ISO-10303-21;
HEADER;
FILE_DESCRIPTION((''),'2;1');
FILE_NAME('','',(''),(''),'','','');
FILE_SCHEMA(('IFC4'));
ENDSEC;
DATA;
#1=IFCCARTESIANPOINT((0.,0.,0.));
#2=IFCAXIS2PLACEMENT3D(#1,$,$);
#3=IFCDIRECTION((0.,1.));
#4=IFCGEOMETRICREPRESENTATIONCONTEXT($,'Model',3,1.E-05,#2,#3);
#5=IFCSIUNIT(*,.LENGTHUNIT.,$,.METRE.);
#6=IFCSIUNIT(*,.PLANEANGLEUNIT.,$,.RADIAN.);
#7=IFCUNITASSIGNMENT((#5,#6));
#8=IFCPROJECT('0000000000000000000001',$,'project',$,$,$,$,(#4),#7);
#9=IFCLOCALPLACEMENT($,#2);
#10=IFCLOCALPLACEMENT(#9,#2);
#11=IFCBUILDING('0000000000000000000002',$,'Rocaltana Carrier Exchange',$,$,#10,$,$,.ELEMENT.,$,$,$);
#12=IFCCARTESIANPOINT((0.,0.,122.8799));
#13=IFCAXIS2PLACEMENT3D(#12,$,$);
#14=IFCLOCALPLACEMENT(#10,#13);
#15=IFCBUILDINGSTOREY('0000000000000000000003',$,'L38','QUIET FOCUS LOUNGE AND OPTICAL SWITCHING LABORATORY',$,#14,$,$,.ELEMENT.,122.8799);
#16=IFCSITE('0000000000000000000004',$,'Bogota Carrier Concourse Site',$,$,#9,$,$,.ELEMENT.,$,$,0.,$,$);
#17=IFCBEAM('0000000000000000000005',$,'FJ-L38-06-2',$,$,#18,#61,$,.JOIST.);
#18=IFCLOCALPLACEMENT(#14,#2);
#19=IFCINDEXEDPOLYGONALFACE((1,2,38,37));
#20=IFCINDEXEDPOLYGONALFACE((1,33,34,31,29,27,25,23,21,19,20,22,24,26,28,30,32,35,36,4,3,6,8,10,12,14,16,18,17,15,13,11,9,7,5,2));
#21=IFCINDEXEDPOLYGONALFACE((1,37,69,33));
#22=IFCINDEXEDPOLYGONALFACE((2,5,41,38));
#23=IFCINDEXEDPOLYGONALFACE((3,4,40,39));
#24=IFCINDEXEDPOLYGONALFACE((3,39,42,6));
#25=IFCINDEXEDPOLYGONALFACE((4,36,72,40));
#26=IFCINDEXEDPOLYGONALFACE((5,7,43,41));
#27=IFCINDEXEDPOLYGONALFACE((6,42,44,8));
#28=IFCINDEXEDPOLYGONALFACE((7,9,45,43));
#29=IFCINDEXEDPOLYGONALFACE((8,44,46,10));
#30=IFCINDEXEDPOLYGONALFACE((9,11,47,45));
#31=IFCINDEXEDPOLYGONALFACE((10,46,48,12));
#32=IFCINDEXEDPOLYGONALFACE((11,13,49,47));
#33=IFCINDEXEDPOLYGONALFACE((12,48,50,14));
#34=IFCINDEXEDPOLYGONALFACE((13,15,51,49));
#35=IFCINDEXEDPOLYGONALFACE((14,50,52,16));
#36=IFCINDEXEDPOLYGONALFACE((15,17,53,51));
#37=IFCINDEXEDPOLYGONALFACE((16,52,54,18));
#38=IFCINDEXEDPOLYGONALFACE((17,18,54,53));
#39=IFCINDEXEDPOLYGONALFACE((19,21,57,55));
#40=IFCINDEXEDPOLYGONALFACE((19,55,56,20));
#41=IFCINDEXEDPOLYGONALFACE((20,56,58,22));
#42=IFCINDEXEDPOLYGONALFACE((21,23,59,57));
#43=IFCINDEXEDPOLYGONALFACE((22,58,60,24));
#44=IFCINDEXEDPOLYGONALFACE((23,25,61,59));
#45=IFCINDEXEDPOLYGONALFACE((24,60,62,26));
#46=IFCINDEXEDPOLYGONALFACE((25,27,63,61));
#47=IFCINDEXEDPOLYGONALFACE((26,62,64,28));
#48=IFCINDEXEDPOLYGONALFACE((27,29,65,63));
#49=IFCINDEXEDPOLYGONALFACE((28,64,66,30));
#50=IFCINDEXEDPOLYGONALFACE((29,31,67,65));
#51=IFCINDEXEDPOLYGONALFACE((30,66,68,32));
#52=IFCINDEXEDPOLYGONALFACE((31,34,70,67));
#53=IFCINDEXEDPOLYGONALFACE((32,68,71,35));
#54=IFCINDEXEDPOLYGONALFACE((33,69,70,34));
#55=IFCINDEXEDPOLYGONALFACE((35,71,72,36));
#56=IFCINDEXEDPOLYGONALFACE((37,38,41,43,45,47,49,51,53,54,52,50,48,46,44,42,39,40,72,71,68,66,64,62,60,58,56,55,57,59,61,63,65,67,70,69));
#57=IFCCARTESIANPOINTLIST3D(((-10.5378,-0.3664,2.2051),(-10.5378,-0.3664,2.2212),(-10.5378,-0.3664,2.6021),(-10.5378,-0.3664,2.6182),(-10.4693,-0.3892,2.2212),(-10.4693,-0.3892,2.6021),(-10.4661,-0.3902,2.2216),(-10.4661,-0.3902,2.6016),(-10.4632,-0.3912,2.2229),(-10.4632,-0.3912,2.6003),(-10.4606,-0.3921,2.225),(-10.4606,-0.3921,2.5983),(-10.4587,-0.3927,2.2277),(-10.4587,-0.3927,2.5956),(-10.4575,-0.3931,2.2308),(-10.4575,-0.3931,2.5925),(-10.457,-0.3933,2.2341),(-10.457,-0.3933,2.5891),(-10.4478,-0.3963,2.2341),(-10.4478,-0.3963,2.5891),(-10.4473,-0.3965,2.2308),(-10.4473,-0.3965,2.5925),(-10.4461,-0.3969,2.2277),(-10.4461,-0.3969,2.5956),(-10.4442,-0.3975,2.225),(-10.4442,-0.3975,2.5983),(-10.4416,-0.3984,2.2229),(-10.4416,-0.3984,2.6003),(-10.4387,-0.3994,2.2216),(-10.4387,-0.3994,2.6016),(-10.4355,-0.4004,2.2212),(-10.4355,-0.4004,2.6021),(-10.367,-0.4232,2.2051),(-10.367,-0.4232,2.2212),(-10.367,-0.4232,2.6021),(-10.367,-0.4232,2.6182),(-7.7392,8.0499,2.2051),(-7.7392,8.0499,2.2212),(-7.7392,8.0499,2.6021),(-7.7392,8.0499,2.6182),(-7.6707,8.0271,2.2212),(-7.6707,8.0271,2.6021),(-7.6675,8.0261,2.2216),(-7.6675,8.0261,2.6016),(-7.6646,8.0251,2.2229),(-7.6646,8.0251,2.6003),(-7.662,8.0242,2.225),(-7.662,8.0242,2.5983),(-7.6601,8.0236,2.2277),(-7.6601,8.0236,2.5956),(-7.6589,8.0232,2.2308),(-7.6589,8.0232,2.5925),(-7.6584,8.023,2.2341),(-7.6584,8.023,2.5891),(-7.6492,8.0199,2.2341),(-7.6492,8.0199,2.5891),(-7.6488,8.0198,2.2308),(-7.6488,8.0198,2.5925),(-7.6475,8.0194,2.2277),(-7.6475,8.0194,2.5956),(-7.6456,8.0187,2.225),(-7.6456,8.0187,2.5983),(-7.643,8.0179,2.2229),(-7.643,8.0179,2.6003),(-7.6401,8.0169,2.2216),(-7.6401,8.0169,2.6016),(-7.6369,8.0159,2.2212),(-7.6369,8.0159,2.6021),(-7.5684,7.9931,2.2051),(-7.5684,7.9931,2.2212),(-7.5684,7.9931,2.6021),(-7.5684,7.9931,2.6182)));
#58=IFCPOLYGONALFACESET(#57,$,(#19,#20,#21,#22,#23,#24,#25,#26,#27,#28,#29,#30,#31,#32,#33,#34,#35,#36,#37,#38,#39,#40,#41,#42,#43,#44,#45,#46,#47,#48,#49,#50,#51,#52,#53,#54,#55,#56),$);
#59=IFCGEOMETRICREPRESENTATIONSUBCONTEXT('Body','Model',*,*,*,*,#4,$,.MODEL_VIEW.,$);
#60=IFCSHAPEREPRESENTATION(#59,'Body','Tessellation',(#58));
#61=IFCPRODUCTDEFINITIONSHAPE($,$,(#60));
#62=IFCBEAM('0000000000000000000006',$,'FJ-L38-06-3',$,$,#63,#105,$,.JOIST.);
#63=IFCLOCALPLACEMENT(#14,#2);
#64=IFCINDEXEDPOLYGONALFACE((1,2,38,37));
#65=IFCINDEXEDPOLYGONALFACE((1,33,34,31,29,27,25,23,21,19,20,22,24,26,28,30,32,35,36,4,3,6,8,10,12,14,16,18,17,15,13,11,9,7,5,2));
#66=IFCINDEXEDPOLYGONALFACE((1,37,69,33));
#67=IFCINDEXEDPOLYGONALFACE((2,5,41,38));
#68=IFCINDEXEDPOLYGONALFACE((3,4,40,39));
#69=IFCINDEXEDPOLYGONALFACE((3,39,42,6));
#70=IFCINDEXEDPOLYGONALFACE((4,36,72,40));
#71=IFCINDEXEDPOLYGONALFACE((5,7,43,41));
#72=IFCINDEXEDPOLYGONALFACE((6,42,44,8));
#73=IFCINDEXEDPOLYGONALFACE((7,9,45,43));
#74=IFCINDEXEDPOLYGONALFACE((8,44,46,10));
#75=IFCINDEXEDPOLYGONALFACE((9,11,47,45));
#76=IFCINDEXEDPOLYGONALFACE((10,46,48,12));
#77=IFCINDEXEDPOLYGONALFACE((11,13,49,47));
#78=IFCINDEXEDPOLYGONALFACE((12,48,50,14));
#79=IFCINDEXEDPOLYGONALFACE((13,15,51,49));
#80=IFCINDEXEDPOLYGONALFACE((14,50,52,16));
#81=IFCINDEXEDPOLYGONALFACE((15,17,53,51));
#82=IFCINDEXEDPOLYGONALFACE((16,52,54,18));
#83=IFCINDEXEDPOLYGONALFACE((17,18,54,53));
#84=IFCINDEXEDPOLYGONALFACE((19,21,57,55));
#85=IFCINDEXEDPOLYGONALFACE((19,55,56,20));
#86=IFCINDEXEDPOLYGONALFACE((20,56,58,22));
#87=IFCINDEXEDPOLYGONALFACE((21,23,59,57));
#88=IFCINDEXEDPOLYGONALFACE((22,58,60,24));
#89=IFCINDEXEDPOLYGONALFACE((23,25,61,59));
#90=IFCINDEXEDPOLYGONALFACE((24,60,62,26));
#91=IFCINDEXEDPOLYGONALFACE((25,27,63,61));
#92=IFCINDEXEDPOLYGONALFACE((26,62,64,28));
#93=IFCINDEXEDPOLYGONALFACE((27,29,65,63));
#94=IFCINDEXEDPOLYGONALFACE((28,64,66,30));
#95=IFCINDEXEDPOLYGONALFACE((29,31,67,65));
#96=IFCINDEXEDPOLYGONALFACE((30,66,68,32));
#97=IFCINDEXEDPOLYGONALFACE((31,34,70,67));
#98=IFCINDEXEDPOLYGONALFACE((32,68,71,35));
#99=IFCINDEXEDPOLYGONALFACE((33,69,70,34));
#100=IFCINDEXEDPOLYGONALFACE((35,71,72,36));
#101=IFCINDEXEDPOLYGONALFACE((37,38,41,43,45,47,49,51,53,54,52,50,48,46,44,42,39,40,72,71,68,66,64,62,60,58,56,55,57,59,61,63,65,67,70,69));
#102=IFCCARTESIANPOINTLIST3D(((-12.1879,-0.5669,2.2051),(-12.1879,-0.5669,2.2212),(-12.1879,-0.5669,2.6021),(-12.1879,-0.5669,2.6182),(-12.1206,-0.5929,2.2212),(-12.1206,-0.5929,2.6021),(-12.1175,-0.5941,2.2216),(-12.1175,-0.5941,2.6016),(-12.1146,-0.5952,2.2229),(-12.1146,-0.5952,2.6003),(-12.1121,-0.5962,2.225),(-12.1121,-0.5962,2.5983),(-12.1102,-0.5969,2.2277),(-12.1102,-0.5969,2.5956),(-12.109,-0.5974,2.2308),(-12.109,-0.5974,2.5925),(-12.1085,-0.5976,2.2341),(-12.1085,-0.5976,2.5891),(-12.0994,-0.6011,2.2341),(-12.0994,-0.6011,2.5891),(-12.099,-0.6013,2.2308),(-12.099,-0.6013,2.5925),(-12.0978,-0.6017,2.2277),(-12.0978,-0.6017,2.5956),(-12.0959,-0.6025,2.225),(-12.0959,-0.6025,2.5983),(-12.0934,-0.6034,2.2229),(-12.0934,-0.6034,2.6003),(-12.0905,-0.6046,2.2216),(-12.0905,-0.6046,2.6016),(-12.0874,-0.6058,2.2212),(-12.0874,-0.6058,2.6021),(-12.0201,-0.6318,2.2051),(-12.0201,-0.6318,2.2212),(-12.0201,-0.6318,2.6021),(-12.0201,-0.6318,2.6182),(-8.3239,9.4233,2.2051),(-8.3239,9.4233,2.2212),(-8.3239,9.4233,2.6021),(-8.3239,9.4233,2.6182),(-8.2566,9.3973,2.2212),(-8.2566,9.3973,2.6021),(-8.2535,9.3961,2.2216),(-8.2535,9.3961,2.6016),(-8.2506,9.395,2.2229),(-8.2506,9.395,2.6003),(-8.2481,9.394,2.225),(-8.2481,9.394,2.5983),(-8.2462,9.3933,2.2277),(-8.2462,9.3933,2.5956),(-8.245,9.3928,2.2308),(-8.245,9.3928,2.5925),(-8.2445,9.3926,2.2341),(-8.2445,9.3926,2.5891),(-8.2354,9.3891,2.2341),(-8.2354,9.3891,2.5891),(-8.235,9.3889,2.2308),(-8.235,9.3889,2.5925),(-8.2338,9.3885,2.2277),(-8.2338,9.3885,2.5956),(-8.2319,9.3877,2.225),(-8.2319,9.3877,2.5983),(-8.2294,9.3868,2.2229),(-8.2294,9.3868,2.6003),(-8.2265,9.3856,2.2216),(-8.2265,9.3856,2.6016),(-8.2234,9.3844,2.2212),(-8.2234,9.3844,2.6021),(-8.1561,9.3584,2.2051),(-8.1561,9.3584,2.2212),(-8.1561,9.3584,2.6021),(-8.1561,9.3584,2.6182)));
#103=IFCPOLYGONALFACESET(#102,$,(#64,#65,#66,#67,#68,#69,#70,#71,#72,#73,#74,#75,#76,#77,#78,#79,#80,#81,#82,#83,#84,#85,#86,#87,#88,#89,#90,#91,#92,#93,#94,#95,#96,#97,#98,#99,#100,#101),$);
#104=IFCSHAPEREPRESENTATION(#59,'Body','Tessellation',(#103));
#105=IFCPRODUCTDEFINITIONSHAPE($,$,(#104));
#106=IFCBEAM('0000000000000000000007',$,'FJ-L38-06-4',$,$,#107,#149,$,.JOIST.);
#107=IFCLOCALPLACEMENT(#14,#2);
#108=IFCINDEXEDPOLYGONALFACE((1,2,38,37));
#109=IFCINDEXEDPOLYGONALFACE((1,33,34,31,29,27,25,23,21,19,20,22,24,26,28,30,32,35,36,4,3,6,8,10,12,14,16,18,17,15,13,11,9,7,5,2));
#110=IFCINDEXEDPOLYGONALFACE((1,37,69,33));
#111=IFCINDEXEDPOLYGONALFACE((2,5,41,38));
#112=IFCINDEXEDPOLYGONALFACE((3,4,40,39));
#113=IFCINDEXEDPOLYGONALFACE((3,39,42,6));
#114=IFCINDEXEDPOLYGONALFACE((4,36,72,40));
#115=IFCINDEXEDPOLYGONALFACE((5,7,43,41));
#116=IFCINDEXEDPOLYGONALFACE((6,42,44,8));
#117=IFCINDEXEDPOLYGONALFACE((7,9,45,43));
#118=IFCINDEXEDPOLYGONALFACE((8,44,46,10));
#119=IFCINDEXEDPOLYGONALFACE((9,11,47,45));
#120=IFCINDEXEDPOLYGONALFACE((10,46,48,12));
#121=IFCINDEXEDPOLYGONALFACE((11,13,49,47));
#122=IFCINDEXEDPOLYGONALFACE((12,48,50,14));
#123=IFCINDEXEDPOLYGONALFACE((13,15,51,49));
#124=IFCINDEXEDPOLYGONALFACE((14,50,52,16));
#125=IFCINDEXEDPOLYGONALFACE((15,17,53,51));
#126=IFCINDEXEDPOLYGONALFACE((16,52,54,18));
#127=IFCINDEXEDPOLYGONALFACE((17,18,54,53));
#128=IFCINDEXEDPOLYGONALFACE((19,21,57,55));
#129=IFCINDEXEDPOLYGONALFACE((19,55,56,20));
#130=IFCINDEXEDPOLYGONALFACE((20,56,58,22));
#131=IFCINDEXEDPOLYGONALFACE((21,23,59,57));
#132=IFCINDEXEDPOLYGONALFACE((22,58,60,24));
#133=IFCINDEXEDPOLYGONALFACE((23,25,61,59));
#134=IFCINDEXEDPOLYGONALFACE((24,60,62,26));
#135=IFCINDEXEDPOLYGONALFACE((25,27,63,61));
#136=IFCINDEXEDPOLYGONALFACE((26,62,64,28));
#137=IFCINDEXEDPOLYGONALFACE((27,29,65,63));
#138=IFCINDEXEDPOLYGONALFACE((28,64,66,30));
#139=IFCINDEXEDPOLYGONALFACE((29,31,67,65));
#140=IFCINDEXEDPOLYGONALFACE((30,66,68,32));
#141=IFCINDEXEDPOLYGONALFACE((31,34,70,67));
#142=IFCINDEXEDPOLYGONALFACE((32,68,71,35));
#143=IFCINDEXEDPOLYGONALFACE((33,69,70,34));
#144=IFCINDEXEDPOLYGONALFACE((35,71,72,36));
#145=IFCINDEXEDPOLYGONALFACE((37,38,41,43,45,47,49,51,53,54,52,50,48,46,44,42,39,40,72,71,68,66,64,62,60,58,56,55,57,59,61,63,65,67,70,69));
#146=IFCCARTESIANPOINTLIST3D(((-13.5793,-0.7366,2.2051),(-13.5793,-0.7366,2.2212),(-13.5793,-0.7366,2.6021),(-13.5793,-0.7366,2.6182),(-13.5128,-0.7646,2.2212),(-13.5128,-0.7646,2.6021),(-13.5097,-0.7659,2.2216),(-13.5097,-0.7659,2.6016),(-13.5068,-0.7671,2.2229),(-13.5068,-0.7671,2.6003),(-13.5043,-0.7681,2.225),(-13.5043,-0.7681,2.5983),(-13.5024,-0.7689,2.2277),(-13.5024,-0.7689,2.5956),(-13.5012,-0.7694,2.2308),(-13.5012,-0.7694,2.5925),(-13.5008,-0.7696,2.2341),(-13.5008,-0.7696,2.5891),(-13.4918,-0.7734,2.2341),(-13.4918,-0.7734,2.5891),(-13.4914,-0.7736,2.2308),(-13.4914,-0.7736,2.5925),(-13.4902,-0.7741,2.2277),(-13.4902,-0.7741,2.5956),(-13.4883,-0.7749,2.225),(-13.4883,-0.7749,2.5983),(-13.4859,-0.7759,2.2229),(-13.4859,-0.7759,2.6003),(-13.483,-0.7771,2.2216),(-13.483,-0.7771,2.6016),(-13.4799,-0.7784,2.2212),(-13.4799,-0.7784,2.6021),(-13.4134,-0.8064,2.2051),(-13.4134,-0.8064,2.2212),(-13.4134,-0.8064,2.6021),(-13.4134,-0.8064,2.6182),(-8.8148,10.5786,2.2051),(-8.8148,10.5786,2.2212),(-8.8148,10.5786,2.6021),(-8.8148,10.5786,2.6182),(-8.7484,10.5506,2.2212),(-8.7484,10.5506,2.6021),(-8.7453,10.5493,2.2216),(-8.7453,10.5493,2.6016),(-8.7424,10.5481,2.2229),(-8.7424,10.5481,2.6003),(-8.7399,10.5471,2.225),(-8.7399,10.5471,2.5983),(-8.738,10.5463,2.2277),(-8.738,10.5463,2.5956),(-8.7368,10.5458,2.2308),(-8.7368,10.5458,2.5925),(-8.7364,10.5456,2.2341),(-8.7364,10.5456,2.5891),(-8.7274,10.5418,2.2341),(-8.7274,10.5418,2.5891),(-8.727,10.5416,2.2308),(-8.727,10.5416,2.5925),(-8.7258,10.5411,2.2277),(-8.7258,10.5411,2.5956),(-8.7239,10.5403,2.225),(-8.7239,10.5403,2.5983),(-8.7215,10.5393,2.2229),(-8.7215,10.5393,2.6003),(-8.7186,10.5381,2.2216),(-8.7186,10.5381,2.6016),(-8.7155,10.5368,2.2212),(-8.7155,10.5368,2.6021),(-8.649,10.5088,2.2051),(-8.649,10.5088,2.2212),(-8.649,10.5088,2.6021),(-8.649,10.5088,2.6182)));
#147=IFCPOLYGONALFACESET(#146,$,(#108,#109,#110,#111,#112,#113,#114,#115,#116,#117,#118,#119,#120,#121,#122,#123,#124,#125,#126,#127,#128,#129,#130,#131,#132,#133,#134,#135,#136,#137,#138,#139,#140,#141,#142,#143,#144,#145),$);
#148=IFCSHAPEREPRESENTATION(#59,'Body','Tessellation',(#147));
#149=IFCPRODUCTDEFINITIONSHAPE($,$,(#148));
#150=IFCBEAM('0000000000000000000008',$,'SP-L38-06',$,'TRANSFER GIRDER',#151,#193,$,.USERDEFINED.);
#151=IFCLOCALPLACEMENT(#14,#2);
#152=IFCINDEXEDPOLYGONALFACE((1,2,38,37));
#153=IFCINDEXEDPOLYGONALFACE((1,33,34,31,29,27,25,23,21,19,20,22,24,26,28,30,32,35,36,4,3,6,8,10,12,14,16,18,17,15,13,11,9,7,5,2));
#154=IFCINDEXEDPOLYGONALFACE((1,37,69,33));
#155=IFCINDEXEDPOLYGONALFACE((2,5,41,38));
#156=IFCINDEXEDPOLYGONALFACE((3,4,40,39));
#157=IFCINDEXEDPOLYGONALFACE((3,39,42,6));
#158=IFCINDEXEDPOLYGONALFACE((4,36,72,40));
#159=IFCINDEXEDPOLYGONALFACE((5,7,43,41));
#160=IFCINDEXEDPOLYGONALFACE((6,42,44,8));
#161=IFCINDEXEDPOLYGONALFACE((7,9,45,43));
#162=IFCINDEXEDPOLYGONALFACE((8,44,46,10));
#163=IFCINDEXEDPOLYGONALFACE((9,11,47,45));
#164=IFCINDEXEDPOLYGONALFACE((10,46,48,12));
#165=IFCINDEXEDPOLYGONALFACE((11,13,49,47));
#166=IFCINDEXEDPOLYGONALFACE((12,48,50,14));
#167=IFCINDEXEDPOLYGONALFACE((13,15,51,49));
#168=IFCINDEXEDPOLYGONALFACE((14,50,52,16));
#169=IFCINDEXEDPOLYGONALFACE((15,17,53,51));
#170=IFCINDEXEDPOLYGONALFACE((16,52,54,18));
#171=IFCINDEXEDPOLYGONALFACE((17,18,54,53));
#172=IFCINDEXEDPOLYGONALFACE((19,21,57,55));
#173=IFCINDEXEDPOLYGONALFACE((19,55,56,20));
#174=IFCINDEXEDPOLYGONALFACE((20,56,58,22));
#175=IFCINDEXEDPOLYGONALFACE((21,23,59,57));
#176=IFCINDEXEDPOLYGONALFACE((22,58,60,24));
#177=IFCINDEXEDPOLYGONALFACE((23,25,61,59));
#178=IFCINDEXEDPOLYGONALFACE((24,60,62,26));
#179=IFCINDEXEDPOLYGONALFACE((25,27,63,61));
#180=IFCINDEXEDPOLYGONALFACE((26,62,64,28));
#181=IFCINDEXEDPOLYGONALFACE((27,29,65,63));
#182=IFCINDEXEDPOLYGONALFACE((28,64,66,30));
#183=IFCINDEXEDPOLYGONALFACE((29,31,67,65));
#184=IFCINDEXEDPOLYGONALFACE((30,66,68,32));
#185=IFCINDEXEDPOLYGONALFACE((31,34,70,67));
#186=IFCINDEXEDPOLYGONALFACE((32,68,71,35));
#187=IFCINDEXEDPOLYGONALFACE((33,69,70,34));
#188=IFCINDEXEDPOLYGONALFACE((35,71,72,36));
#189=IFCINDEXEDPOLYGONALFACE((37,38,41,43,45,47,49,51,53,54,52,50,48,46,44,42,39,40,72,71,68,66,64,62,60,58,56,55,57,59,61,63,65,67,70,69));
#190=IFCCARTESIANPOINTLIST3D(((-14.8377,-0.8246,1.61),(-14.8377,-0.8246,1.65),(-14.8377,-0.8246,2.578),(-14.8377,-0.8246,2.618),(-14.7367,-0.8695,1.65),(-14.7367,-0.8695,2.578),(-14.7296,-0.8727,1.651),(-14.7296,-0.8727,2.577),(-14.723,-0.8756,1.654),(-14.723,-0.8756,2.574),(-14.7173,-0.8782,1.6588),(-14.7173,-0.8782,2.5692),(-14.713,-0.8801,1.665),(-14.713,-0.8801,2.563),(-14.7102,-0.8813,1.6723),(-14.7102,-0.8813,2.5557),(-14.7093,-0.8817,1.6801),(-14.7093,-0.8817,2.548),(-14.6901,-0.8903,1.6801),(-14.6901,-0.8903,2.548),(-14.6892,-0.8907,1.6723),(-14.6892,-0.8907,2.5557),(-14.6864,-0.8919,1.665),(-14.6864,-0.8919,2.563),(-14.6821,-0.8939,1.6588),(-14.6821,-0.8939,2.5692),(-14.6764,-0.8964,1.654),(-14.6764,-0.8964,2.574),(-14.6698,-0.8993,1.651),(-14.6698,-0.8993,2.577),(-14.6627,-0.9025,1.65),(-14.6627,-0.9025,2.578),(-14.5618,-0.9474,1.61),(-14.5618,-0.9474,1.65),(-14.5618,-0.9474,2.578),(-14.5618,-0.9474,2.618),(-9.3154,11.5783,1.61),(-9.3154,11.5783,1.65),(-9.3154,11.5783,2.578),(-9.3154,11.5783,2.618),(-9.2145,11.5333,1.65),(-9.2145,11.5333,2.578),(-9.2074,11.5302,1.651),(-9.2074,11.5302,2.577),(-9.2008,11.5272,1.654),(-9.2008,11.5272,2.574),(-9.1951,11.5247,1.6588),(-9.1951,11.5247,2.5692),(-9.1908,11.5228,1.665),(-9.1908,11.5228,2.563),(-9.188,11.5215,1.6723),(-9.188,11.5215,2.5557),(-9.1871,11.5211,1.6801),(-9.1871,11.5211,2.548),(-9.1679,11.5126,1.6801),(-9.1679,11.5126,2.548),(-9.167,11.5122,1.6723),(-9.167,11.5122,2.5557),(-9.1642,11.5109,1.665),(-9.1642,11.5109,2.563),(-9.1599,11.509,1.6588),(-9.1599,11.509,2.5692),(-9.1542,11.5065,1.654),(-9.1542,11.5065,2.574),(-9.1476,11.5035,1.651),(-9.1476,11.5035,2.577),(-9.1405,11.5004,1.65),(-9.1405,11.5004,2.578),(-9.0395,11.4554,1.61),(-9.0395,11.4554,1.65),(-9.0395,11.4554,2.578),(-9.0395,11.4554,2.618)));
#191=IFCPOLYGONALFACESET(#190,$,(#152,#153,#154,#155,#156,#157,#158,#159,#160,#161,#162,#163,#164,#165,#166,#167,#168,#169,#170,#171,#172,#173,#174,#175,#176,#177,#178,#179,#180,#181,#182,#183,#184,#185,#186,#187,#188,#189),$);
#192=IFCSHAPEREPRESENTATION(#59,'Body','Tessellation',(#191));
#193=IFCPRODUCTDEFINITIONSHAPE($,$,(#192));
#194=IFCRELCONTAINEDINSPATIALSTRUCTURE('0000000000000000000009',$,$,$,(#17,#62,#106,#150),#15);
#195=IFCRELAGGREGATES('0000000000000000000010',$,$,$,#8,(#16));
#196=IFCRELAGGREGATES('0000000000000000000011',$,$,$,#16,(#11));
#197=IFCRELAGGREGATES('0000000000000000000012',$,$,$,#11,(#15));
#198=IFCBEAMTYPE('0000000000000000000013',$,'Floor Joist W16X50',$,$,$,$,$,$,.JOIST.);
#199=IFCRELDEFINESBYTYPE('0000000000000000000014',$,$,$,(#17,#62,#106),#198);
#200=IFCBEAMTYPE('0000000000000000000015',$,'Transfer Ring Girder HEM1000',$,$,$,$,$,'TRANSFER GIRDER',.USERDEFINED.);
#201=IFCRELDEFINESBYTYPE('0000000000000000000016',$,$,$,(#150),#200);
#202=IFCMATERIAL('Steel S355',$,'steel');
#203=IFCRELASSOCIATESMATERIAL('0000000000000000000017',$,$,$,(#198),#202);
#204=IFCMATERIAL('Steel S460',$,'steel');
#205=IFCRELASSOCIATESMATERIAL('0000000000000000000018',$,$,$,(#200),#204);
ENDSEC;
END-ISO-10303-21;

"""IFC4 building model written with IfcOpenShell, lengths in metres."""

from ifc_helpers import new_model, si_unit, direction, frame, origin, origin_2d, place, context, subcontext, project, spatial, i_section, extrude, material, material_profile, profile_set, type_object, element, save


model = new_model("IFC4")

# Units and contexts
model_context = context("Model", 3, precision=1e-05, world=origin(), true_north=direction((0.0, 1.0)))
body_context = subcontext(model_context, "Body", "Model", "MODEL_VIEW")
ifc_project = project(units=[si_unit("LENGTHUNIT", "METRE"), si_unit("PLANEANGLEUNIT", "RADIAN")], contexts=[model_context])

# Site, building, storey
site_placement = place(None, origin())
site = spatial("IfcSite", under=ifc_project, at=site_placement, Name="Bogota Carrier Concourse Site", CompositionType="ELEMENT", RefElevation=0.0)
building_placement = place(site_placement, origin())
building = spatial("IfcBuilding", under=site, at=building_placement, Name="Rocaltana Carrier Exchange", CompositionType="ELEMENT")
storey_placement = place(building_placement, frame((0.0, 0.0, 122.8799)))
storey = spatial("IfcBuildingStorey", under=building, at=storey_placement, Name="L38", Description="QUIET FOCUS LOUNGE AND OPTICAL SWITCHING LABORATORY", CompositionType="ELEMENT", Elevation=122.8799)

# Beams
ifc_material_1 = material(Name="Steel S355", Category="steel")
ifc_material_profile_1 = material_profile(ifc_material_1, i_section(OverallWidth=0.1799, OverallDepth=0.4131, WebThickness=0.0098, FlangeThickness=0.0161, FilletRadius=0.0129, at=origin_2d()), Name="W16X50")
ifc_profile_set_1 = profile_set([ifc_material_profile_1], Name="Steel S355")
beam_type_1 = type_object("IfcBeamType", Name="Floor Joist W16X50", PredefinedType="JOIST", material=ifc_profile_set_1)
beam_1_placement = place(storey_placement, frame((-7.6538, 8.0215, 2.4116), z_axis=(-0.315534, -0.948914, 0.0), x_axis=(0.948914, -0.315534, 0.0)))
element("IfcBeam", 1, at=beam_1_placement, inside=storey, type_object=beam_type_1, Name="FJ-L38-06-2", PredefinedType="JOIST", context=body_context, shape_type="SweptSolid", body=[
    extrude(i_section(OverallWidth=0.1799, OverallDepth=0.4131, WebThickness=0.0098, FlangeThickness=0.0161, FilletRadius=0.0129, at=origin_2d()), origin(), (0.0, 0.0, 1.0), 8.8694),
])
beam_2_placement = place(storey_placement, frame((-8.24, 9.3909, 2.4116), z_axis=(-0.360736, -0.932668, 0.0), x_axis=(0.932668, -0.360736, 0.0)))
element("IfcBeam", 2, at=beam_2_placement, inside=storey, type_object=beam_type_1, Name="FJ-L38-06-3", PredefinedType="JOIST", context=body_context, shape_type="SweptSolid", body=[
    extrude(i_section(OverallWidth=0.1799, OverallDepth=0.4131, WebThickness=0.0098, FlangeThickness=0.0161, FilletRadius=0.0129, at=origin_2d()), origin(), (0.0, 0.0, 1.0), 10.7114),
])
beam_3_placement = place(storey_placement, frame((-8.7319, 10.5437, 2.4116), z_axis=(-0.388065, -0.921632, 0.0), x_axis=(0.921632, -0.388065, 0.0)))
element("IfcBeam", 3, at=beam_3_placement, inside=storey, type_object=beam_type_1, Name="FJ-L38-06-4", PredefinedType="JOIST", context=body_context, shape_type="SweptSolid", body=[
    extrude(i_section(OverallWidth=0.1799, OverallDepth=0.4131, WebThickness=0.0098, FlangeThickness=0.0161, FilletRadius=0.0129, at=origin_2d()), origin(), (0.0, 0.0, 1.0), 12.2773),
])
ifc_material_2 = material(Name="Steel S460", Category="steel")
ifc_material_profile_2 = material_profile(ifc_material_2, i_section(OverallWidth=0.302, OverallDepth=1.0081, WebThickness=0.021, FlangeThickness=0.04, FilletRadius=0.03, at=origin_2d()), Name="HEM1000")
ifc_profile_set_2 = profile_set([ifc_material_profile_2], Name="Steel S460")
beam_type_2 = type_object("IfcBeamType", Name="Transfer Ring Girder HEM1000", ElementType="TRANSFER GIRDER", PredefinedType="USERDEFINED", material=ifc_profile_set_2)
beam_4_placement = place(storey_placement, frame((-9.1775, 11.5168, 2.114), z_axis=(-0.406744, -0.913542, 0.0), x_axis=(0.913542, -0.406744, 0.0)))
element("IfcBeam", 4, at=beam_4_placement, inside=storey, type_object=beam_type_2, Name="SP-L38-06", ObjectType="TRANSFER GIRDER", PredefinedType="USERDEFINED", context=body_context, shape_type="SweptSolid", body=[
    extrude(i_section(OverallWidth=0.302, OverallDepth=1.0081, WebThickness=0.021, FlangeThickness=0.04, FilletRadius=0.03, at=origin_2d()), origin(), (0.0, 0.0, 1.0), 13.5767),
])

save(model, "model.ifc")
